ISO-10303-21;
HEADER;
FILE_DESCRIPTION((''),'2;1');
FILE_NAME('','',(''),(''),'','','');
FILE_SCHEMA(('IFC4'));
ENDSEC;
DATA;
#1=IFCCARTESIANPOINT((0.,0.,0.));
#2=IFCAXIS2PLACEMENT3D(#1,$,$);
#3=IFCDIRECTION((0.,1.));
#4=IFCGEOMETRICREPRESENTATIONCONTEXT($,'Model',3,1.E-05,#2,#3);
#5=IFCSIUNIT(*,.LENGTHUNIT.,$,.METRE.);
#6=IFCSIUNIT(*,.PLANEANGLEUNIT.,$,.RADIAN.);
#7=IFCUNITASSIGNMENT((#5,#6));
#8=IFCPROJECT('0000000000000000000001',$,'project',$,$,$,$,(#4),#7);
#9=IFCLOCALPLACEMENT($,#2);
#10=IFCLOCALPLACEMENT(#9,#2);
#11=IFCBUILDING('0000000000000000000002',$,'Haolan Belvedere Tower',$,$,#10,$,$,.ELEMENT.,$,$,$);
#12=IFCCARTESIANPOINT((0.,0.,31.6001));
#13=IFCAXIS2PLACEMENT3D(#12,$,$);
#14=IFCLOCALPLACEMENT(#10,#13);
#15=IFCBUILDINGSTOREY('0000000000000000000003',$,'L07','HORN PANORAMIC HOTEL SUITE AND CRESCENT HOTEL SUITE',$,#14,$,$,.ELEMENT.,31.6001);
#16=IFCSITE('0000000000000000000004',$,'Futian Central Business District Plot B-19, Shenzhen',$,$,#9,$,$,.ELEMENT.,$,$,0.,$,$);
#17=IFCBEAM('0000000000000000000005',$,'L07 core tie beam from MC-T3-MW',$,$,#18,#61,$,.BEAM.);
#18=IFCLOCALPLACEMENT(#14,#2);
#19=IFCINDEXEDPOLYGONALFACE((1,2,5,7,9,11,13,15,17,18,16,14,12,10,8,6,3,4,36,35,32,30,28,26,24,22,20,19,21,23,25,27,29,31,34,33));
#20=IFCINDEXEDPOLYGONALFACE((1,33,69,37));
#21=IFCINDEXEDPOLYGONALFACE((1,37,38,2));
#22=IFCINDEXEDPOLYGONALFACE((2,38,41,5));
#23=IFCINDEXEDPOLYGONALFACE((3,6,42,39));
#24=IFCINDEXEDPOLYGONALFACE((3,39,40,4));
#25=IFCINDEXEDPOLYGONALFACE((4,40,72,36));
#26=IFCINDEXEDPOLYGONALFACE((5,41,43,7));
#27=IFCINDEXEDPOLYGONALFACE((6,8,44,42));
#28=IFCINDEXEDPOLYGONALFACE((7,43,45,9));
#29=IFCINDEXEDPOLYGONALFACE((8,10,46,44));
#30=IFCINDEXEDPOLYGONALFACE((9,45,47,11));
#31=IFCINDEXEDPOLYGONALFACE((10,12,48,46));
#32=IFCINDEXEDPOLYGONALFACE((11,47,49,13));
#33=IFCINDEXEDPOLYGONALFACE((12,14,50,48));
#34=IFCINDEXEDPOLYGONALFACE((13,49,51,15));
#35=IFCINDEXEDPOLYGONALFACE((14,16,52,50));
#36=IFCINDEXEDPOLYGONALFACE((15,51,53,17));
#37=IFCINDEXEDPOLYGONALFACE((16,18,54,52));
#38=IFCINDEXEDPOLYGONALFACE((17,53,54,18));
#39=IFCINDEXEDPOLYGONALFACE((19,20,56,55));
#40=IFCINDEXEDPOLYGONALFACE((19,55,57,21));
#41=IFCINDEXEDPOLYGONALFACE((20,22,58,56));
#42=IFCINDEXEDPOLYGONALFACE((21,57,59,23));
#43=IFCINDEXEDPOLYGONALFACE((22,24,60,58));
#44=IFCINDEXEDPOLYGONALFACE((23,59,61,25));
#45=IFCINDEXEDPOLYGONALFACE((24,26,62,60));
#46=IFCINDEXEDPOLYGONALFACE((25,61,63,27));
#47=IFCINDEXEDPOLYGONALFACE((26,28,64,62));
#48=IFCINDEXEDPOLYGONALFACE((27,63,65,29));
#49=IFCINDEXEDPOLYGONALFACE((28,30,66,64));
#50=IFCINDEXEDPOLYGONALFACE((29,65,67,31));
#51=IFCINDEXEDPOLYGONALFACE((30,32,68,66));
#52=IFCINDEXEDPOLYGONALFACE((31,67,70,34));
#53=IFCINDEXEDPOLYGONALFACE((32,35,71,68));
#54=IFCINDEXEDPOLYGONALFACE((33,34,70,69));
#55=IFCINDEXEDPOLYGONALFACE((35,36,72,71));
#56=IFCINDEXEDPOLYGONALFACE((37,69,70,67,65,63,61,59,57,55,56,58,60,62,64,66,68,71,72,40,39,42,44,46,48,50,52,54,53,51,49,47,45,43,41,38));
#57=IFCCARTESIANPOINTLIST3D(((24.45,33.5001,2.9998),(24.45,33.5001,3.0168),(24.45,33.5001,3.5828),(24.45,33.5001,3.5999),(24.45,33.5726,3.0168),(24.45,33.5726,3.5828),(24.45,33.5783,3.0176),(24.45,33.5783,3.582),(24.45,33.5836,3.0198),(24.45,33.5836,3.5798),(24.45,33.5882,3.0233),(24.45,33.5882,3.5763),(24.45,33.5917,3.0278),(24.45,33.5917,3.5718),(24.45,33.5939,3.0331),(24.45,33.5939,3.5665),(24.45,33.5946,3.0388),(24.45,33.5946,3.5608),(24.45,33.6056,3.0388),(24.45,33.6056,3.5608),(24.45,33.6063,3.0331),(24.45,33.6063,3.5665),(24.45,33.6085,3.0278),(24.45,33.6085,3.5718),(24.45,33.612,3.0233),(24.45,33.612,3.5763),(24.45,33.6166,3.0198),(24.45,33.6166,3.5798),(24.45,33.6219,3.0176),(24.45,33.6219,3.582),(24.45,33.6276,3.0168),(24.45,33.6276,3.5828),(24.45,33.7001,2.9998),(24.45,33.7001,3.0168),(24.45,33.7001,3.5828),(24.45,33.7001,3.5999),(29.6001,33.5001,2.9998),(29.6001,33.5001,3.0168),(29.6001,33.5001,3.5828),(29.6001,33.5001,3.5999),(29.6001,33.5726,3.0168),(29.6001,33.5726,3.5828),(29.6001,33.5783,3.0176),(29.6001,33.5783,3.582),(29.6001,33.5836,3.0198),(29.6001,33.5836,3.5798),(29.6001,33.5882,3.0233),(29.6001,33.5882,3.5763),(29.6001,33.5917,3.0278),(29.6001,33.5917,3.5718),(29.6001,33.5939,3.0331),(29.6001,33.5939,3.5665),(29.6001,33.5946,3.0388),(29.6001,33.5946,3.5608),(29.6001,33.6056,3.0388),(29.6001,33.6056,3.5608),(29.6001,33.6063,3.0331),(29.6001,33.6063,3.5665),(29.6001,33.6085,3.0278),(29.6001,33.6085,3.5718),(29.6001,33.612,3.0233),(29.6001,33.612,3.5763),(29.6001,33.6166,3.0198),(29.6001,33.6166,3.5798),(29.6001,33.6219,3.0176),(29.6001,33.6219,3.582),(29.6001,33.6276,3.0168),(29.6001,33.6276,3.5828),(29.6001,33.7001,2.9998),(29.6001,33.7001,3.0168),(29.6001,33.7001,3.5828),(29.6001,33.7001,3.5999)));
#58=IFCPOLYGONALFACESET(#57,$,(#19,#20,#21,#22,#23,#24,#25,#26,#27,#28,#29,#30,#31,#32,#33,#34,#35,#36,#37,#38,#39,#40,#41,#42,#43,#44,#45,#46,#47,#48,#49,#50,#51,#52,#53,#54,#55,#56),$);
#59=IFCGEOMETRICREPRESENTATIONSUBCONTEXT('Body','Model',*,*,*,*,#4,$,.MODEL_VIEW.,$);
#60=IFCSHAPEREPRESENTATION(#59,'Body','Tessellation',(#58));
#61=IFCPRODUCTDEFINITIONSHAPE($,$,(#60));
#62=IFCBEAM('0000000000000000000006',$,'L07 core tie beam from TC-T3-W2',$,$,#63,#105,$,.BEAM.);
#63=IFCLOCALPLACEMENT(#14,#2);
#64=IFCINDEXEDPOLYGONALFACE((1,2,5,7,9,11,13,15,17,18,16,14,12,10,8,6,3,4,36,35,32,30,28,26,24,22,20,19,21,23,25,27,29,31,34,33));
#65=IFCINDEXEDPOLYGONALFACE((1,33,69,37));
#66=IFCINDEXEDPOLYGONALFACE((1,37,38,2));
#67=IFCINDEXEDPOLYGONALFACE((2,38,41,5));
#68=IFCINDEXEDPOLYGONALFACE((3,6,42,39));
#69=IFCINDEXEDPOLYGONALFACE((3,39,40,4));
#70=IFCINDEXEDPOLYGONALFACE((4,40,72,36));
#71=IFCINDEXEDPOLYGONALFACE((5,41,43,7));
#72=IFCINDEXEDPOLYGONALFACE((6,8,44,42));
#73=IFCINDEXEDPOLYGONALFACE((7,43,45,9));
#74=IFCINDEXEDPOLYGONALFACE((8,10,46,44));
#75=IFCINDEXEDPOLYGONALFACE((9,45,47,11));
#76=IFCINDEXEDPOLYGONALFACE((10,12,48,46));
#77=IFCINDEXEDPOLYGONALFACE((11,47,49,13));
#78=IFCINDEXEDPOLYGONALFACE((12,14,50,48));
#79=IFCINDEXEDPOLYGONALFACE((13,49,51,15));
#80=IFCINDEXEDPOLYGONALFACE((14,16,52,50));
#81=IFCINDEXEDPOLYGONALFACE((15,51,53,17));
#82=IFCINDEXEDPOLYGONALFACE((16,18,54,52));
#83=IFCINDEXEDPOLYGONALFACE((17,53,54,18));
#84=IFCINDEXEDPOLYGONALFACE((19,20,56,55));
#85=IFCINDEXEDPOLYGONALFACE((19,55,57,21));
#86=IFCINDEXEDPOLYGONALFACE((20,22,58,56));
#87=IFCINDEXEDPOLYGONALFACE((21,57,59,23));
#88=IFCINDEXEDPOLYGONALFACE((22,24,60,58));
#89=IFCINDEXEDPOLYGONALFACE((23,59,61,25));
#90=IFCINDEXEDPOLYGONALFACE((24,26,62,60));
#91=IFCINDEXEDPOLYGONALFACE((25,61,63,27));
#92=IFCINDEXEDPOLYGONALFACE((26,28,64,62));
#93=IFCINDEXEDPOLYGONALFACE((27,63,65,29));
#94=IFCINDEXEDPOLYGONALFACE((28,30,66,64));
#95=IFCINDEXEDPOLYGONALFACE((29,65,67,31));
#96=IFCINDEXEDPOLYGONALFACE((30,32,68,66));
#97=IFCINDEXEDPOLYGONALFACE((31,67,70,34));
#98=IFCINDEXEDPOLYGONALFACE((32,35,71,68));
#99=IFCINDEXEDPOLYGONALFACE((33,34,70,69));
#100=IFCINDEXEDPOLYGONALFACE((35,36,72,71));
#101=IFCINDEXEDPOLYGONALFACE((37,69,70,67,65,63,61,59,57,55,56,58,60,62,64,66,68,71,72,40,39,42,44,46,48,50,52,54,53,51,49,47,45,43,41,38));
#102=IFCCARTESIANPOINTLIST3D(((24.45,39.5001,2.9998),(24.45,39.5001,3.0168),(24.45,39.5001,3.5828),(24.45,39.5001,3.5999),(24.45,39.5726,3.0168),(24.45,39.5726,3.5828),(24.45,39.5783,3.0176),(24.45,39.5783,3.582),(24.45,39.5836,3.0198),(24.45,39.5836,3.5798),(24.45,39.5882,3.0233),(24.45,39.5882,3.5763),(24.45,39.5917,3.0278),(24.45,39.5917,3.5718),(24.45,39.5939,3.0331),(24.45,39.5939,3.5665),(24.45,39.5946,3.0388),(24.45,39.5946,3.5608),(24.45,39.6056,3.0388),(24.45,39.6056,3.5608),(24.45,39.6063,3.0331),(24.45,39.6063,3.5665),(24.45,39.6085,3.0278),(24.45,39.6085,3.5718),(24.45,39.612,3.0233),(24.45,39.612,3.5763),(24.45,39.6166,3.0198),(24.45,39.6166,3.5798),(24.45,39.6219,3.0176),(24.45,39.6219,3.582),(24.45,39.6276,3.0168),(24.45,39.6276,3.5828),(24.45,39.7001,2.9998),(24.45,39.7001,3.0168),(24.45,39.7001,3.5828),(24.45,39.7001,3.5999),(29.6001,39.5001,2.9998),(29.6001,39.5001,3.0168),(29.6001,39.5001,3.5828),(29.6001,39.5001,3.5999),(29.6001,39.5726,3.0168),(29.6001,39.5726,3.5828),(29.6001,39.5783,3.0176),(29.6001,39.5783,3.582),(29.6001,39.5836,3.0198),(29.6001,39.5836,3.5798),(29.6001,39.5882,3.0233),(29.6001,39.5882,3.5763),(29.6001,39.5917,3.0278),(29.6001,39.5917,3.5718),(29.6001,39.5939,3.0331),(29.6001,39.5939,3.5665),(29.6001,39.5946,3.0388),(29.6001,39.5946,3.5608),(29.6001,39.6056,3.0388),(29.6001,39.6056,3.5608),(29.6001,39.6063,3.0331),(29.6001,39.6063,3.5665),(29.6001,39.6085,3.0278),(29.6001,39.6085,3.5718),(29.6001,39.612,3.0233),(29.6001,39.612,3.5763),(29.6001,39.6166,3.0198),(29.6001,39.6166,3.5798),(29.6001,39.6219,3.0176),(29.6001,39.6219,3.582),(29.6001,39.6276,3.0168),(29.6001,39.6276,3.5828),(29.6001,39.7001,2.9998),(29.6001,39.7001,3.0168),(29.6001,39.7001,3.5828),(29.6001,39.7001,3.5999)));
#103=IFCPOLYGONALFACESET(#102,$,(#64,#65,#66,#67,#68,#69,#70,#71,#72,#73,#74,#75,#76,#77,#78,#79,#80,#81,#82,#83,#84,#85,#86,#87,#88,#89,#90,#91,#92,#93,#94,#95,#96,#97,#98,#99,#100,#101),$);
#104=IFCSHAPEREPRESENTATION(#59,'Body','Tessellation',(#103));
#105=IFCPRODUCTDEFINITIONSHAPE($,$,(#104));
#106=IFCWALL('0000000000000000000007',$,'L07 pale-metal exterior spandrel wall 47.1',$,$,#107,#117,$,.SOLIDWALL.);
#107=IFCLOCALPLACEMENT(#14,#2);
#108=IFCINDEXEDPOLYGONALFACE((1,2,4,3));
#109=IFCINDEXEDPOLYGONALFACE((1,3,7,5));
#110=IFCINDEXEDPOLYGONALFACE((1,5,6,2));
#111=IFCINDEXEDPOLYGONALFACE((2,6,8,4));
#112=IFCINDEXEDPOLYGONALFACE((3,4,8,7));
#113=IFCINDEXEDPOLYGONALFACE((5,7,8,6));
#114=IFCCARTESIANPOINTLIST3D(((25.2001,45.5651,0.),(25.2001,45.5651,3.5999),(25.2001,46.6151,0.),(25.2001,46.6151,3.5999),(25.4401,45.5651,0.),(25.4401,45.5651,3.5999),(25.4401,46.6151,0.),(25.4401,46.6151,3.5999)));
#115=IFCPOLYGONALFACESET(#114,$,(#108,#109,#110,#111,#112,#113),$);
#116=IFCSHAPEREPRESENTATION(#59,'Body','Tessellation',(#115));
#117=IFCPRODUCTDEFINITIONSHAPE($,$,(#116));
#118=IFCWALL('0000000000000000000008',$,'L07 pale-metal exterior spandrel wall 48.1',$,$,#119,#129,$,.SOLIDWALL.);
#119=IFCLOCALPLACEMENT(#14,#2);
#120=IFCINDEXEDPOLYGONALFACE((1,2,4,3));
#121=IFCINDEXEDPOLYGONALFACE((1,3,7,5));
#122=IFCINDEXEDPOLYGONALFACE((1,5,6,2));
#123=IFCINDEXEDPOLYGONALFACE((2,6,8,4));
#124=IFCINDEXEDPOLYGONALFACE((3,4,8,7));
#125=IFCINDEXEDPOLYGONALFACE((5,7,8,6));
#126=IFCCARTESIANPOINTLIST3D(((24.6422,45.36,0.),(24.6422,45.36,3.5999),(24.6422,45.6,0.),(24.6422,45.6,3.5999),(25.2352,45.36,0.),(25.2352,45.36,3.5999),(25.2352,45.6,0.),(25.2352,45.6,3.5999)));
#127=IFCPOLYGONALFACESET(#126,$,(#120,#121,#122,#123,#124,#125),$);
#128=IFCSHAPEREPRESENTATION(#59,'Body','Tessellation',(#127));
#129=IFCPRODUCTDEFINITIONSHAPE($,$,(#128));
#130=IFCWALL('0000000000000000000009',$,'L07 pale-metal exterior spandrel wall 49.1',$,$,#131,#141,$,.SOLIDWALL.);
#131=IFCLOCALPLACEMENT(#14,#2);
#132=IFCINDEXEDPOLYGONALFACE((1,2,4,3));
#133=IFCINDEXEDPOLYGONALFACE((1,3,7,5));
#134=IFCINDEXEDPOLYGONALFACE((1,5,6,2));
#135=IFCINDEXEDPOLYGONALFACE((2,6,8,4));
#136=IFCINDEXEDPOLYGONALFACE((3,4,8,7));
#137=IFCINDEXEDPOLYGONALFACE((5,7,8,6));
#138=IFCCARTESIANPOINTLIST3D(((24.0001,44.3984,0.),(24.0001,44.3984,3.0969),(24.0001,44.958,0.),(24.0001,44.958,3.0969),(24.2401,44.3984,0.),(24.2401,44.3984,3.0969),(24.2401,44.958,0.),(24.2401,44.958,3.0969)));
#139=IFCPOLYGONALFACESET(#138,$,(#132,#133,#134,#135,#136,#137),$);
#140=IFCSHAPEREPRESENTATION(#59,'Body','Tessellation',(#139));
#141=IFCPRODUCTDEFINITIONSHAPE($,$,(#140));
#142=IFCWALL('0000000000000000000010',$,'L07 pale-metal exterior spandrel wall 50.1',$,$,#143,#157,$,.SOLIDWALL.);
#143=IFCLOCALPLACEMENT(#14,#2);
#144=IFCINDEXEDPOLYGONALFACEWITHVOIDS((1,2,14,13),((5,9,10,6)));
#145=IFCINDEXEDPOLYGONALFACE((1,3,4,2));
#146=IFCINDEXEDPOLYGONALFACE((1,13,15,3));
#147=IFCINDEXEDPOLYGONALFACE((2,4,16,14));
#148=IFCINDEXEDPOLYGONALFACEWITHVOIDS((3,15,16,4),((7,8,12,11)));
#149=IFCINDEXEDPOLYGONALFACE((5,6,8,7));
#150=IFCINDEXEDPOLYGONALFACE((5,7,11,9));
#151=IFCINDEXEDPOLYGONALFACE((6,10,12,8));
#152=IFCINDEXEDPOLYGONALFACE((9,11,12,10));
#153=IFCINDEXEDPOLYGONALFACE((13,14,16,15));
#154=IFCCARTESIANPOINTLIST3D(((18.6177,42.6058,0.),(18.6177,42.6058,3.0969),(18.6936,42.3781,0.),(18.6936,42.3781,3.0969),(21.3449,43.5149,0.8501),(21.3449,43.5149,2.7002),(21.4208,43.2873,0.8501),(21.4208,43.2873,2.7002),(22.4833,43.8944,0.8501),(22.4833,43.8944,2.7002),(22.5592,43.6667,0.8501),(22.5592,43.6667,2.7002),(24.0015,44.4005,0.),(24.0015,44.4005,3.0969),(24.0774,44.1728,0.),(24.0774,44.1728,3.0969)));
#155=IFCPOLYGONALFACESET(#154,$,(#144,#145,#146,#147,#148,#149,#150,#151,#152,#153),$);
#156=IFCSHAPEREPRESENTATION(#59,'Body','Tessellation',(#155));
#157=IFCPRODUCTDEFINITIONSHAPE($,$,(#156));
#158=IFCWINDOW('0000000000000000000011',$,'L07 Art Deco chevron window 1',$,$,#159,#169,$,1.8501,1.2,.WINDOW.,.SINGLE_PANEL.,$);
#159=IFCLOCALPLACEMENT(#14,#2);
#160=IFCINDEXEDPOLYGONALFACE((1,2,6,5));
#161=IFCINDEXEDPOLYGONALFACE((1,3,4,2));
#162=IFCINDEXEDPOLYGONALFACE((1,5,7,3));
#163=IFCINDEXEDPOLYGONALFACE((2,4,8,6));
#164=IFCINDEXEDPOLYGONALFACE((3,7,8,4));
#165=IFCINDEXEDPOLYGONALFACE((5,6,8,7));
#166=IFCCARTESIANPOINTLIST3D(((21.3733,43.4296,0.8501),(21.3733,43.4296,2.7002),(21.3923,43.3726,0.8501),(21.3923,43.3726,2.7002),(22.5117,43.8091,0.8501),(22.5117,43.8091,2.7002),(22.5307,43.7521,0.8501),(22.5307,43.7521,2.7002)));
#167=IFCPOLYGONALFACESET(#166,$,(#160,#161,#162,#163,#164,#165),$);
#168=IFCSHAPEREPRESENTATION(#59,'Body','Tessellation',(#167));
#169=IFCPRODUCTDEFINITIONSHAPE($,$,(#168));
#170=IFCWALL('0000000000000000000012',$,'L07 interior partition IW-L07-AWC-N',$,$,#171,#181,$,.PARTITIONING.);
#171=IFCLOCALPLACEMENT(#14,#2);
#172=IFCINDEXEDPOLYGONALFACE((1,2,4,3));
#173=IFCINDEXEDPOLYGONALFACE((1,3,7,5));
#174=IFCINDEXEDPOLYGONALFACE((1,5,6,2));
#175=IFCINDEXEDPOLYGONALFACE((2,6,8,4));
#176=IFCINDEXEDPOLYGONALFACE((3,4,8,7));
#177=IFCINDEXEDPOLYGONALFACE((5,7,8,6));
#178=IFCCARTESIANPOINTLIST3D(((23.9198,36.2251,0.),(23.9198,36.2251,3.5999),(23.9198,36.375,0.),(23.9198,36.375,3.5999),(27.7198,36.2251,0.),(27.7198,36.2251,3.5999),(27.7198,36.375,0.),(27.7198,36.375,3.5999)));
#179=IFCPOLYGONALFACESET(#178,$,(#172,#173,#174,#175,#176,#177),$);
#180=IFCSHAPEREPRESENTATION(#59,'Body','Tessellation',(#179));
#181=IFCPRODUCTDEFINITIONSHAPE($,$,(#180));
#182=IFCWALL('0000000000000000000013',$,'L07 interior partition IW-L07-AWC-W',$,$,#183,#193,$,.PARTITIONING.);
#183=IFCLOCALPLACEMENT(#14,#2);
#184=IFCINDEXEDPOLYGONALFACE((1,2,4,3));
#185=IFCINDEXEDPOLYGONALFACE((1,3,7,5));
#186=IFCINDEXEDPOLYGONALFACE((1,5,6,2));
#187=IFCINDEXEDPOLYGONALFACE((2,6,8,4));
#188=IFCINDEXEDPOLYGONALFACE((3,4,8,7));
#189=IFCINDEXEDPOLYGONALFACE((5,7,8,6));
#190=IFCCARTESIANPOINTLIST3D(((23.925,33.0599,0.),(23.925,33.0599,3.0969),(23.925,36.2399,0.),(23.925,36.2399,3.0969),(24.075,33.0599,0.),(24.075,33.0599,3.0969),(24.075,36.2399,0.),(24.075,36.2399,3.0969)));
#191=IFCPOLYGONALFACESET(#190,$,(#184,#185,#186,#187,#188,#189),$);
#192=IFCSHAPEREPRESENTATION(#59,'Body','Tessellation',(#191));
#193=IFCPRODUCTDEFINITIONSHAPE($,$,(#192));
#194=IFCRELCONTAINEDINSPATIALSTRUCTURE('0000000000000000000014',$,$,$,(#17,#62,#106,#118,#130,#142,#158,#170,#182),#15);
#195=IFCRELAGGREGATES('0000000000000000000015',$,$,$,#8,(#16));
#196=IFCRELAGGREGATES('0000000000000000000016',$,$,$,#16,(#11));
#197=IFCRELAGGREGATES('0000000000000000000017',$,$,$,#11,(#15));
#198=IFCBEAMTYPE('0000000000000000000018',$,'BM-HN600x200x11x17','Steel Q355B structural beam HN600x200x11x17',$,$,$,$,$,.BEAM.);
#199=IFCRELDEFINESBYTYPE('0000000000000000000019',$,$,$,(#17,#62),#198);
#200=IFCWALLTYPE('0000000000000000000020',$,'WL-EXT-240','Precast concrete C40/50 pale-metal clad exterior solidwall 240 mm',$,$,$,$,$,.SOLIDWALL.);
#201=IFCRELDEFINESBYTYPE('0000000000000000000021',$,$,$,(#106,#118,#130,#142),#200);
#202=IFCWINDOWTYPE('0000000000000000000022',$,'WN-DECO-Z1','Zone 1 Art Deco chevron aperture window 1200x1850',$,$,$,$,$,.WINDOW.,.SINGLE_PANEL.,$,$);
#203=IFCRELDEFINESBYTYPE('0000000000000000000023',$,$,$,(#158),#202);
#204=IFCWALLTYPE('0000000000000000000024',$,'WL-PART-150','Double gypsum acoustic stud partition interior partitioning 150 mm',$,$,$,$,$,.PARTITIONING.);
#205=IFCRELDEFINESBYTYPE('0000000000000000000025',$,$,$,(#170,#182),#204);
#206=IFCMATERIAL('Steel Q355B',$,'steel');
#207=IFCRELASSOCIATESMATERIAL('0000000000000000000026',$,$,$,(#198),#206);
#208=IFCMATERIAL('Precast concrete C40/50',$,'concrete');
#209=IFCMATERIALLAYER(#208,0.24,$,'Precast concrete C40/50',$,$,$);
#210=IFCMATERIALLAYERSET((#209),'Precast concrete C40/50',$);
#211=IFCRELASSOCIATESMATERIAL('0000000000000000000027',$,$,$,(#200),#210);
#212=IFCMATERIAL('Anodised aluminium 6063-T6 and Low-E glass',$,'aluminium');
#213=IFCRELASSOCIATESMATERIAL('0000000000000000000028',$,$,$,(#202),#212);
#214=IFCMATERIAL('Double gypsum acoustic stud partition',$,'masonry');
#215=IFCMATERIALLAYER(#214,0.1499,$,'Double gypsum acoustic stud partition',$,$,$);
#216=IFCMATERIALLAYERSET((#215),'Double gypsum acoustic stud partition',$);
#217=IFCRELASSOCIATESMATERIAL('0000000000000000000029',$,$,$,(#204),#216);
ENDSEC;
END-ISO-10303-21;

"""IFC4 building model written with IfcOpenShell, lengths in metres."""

from ifc_helpers import new_model, si_unit, direction, frame, frame_2d, origin, origin_2d, place, context, subcontext, project, spatial, rectangle, i_section, extrude, material, layer, layer_set, material_profile, profile_set, type_object, element, fill, save


model = new_model("IFC4")

# Units and contexts
model_context = context("Model", 3, precision=1e-05, world=origin(), true_north=direction((0.0, 1.0)))
body_context = subcontext(model_context, "Body", "Model", "MODEL_VIEW")
ifc_project = project(units=[si_unit("LENGTHUNIT", "METRE"), si_unit("PLANEANGLEUNIT", "RADIAN")], contexts=[model_context])

# Site, building, storey
site_placement = place(None, origin())
site = spatial("IfcSite", under=ifc_project, at=site_placement, Name="Futian Central Business District Plot B-19, Shenzhen", CompositionType="ELEMENT", RefElevation=0.0)
building_placement = place(site_placement, origin())
building = spatial("IfcBuilding", under=site, at=building_placement, Name="Haolan Belvedere Tower", CompositionType="ELEMENT")
storey_placement = place(building_placement, frame((0.0, 0.0, 31.6001)))
storey = spatial("IfcBuildingStorey", under=building, at=storey_placement, Name="L07", Description="HORN PANORAMIC HOTEL SUITE AND CRESCENT HOTEL SUITE", CompositionType="ELEMENT", Elevation=31.6001)

# Shared definitions
ifc_material_1 = material(Name="Steel Q355B", Category="steel")

# Beams
ifc_material_profile_1 = material_profile(ifc_material_1, i_section(OverallWidth=0.2, OverallDepth=0.6001, WebThickness=0.011, FlangeThickness=0.0171, FilletRadius=0.022, at=origin_2d()), Name="Steel Q355B")
ifc_profile_set_1 = profile_set([ifc_material_profile_1], Name="Steel Q355B")
beam_type_1 = type_object("IfcBeamType", Name="BM-HN600x200x11x17", Description="Steel Q355B structural beam HN600x200x11x17", PredefinedType="BEAM", material=ifc_profile_set_1)
for number, where, z_axis, x_axis, name in (
    (1, (24.45, 33.6001, 3.2998), (1.0, 0.0, 0.0), (0.0, 1.0, 0.0), "L07 core tie beam from MC-T3-MW"),
    (2, (24.45, 39.6001, 3.2998), (1.0, 0.0, 0.0), (0.0, 1.0, 0.0), "L07 core tie beam from TC-T3-W2"),
):
    element("IfcBeam", number, at=place(storey_placement, frame(where, z_axis=z_axis, x_axis=x_axis)), inside=storey, type_object=beam_type_1, Name=name, PredefinedType="BEAM", context=body_context, shape_type="SweptSolid", body=[
        extrude(i_section(OverallWidth=0.2, OverallDepth=0.6001, WebThickness=0.011, FlangeThickness=0.0171, FilletRadius=0.022, at=origin_2d()), origin(), (0.0, 0.0, 1.0), 5.1501),
    ])

# Walls
ifc_material_2 = material(Name="Precast concrete C40/50", Category="concrete")
ifc_layer_1 = layer(ifc_material_2, 0.24, Name="Precast concrete C40/50")
ifc_layer_set_1 = layer_set([ifc_layer_1], Name="Precast concrete C40/50")
wall_type_1 = type_object("IfcWallType", Name="WL-EXT-240", Description="Precast concrete C40/50 pale-metal clad exterior solidwall 240 mm", PredefinedType="SOLIDWALL", material=ifc_layer_set_1)
wall_1_placement = place(storey_placement, frame((25.3201, 46.615, 0.0), z_axis=(0.0, 0.0, 1.0), x_axis=(0.0, -1.0, 0.0)))
element("IfcWall", 3, at=wall_1_placement, inside=storey, type_object=wall_type_1, Name="L07 pale-metal exterior spandrel wall 47.1", PredefinedType="SOLIDWALL", context=body_context, shape_type="SweptSolid", body=[
    extrude(rectangle(XDim=1.05, YDim=0.24, at=frame_2d((0.5249, 0.0))), origin(), (0.0, 0.0, 1.0), 3.5999),
])
wall_2_placement = place(storey_placement, frame((25.2351, 45.48, 0.0), z_axis=(0.0, 0.0, 1.0), x_axis=(-1.0, 0.0, 0.0)))
element("IfcWall", 4, at=wall_2_placement, inside=storey, type_object=wall_type_1, Name="L07 pale-metal exterior spandrel wall 48.1", PredefinedType="SOLIDWALL", context=body_context, shape_type="SweptSolid", body=[
    extrude(rectangle(XDim=0.593, YDim=0.24, at=frame_2d((0.2964, 0.0))), origin(), (0.0, 0.0, 1.0), 3.5999),
])
wall_3_placement = place(storey_placement, frame((24.1201, 44.958, 0.0), z_axis=(0.0, 0.0, 1.0), x_axis=(0.0, -1.0, 0.0)))
element("IfcWall", 5, at=wall_3_placement, inside=storey, type_object=wall_type_1, Name="L07 pale-metal exterior spandrel wall 49.1", PredefinedType="SOLIDWALL", context=body_context, shape_type="SweptSolid", body=[
    extrude(rectangle(XDim=0.5596, YDim=0.24, at=frame_2d((0.2798, 0.0))), origin(), (0.0, 0.0, 1.0), 3.0969),
])

# Wall, opening, window
wall_4_placement = place(storey_placement, frame((24.0393, 44.2866, 0.0), z_axis=(0.0, 0.0, 1.0), x_axis=(-0.948679, -0.316241, 0.0)))
wall_4 = element("IfcWall", 6, at=wall_4_placement, inside=storey, type_object=wall_type_1, Name="L07 pale-metal exterior spandrel wall 50.1", PredefinedType="SOLIDWALL", context=body_context, shape_type="SweptSolid", body=[
    extrude(rectangle(XDim=5.675, YDim=0.24, at=frame_2d((2.8374, 0.0))), origin(), (0.0, 0.0, 1.0), 3.0969),
])
opening_placement = place(wall_4_placement, frame((1.6001, 0.0, 0.8501)))
opening = element("IfcOpeningElement", 7, at=opening_placement, cuts=wall_4, PredefinedType="OPENING", context=body_context, shape_type="SweptSolid", body=[
    extrude(rectangle(XDim=1.2, YDim=1.8501, at=frame_2d((0.6001, 0.925))), frame((0.0, 0.1299, 0.0), z_axis=(0.0, -1.0, 0.0), x_axis=(1.0, 0.0, 0.0)), (0.0, 0.0, 1.0), 0.26),
])
ifc_material_3 = material(Name="Anodised aluminium 6063-T6 and Low-E glass", Category="aluminium")
window_type = type_object("IfcWindowType", Name="WN-DECO-Z1", Description="Zone 1 Art Deco chevron aperture window 1200x1850", PartitioningType="SINGLE_PANEL", PredefinedType="WINDOW", material=ifc_material_3)
window_placement = place(opening_placement, origin())
window = element("IfcWindow", 8, at=window_placement, inside=storey, type_object=window_type, Name="L07 Art Deco chevron window 1", OverallHeight=1.8501, OverallWidth=1.2, PartitioningType="SINGLE_PANEL", PredefinedType="WINDOW", context=body_context, shape_type="SweptSolid", body=[
    extrude(rectangle(XDim=1.2, YDim=1.8501, at=frame_2d((0.6001, 0.925))), frame((0.0, 0.03, 0.0), z_axis=(0.0, -1.0, 0.0), x_axis=(1.0, 0.0, 0.0)), (0.0, 0.0, 1.0), 0.0601),
])
fill(opening, window)

# Walls
ifc_material_4 = material(Name="Double gypsum acoustic stud partition", Category="masonry")
ifc_layer_2 = layer(ifc_material_4, 0.1499, Name="Double gypsum acoustic stud partition")
ifc_layer_set_2 = layer_set([ifc_layer_2], Name="Double gypsum acoustic stud partition")
wall_type_2 = type_object("IfcWallType", Name="WL-PART-150", Description="Double gypsum acoustic stud partition interior partitioning 150 mm", PredefinedType="PARTITIONING", material=ifc_layer_set_2)
wall_5_placement = place(storey_placement, frame((23.9199, 36.3, 0.0), z_axis=(0.0, 0.0, 1.0), x_axis=(1.0, 0.0, 0.0)))
element("IfcWall", 9, at=wall_5_placement, inside=storey, type_object=wall_type_2, Name="L07 interior partition IW-L07-AWC-N", PredefinedType="PARTITIONING", context=body_context, shape_type="SweptSolid", body=[
    extrude(rectangle(XDim=3.8, YDim=0.1499, at=frame_2d((1.8999, 0.0))), origin(), (0.0, 0.0, 1.0), 3.5999),
])
wall_6_placement = place(storey_placement, frame((24.0, 33.0601, 0.0), z_axis=(0.0, 0.0, 1.0), x_axis=(0.0, 1.0, 0.0)))
element("IfcWall", 10, at=wall_6_placement, inside=storey, type_object=wall_type_2, Name="L07 interior partition IW-L07-AWC-W", PredefinedType="PARTITIONING", context=body_context, shape_type="SweptSolid", body=[
    extrude(rectangle(XDim=3.1799, YDim=0.1499, at=frame_2d((1.5898, 0.0))), origin(), (0.0, 0.0, 1.0), 3.0969),
])

save(model, "model.ifc")
